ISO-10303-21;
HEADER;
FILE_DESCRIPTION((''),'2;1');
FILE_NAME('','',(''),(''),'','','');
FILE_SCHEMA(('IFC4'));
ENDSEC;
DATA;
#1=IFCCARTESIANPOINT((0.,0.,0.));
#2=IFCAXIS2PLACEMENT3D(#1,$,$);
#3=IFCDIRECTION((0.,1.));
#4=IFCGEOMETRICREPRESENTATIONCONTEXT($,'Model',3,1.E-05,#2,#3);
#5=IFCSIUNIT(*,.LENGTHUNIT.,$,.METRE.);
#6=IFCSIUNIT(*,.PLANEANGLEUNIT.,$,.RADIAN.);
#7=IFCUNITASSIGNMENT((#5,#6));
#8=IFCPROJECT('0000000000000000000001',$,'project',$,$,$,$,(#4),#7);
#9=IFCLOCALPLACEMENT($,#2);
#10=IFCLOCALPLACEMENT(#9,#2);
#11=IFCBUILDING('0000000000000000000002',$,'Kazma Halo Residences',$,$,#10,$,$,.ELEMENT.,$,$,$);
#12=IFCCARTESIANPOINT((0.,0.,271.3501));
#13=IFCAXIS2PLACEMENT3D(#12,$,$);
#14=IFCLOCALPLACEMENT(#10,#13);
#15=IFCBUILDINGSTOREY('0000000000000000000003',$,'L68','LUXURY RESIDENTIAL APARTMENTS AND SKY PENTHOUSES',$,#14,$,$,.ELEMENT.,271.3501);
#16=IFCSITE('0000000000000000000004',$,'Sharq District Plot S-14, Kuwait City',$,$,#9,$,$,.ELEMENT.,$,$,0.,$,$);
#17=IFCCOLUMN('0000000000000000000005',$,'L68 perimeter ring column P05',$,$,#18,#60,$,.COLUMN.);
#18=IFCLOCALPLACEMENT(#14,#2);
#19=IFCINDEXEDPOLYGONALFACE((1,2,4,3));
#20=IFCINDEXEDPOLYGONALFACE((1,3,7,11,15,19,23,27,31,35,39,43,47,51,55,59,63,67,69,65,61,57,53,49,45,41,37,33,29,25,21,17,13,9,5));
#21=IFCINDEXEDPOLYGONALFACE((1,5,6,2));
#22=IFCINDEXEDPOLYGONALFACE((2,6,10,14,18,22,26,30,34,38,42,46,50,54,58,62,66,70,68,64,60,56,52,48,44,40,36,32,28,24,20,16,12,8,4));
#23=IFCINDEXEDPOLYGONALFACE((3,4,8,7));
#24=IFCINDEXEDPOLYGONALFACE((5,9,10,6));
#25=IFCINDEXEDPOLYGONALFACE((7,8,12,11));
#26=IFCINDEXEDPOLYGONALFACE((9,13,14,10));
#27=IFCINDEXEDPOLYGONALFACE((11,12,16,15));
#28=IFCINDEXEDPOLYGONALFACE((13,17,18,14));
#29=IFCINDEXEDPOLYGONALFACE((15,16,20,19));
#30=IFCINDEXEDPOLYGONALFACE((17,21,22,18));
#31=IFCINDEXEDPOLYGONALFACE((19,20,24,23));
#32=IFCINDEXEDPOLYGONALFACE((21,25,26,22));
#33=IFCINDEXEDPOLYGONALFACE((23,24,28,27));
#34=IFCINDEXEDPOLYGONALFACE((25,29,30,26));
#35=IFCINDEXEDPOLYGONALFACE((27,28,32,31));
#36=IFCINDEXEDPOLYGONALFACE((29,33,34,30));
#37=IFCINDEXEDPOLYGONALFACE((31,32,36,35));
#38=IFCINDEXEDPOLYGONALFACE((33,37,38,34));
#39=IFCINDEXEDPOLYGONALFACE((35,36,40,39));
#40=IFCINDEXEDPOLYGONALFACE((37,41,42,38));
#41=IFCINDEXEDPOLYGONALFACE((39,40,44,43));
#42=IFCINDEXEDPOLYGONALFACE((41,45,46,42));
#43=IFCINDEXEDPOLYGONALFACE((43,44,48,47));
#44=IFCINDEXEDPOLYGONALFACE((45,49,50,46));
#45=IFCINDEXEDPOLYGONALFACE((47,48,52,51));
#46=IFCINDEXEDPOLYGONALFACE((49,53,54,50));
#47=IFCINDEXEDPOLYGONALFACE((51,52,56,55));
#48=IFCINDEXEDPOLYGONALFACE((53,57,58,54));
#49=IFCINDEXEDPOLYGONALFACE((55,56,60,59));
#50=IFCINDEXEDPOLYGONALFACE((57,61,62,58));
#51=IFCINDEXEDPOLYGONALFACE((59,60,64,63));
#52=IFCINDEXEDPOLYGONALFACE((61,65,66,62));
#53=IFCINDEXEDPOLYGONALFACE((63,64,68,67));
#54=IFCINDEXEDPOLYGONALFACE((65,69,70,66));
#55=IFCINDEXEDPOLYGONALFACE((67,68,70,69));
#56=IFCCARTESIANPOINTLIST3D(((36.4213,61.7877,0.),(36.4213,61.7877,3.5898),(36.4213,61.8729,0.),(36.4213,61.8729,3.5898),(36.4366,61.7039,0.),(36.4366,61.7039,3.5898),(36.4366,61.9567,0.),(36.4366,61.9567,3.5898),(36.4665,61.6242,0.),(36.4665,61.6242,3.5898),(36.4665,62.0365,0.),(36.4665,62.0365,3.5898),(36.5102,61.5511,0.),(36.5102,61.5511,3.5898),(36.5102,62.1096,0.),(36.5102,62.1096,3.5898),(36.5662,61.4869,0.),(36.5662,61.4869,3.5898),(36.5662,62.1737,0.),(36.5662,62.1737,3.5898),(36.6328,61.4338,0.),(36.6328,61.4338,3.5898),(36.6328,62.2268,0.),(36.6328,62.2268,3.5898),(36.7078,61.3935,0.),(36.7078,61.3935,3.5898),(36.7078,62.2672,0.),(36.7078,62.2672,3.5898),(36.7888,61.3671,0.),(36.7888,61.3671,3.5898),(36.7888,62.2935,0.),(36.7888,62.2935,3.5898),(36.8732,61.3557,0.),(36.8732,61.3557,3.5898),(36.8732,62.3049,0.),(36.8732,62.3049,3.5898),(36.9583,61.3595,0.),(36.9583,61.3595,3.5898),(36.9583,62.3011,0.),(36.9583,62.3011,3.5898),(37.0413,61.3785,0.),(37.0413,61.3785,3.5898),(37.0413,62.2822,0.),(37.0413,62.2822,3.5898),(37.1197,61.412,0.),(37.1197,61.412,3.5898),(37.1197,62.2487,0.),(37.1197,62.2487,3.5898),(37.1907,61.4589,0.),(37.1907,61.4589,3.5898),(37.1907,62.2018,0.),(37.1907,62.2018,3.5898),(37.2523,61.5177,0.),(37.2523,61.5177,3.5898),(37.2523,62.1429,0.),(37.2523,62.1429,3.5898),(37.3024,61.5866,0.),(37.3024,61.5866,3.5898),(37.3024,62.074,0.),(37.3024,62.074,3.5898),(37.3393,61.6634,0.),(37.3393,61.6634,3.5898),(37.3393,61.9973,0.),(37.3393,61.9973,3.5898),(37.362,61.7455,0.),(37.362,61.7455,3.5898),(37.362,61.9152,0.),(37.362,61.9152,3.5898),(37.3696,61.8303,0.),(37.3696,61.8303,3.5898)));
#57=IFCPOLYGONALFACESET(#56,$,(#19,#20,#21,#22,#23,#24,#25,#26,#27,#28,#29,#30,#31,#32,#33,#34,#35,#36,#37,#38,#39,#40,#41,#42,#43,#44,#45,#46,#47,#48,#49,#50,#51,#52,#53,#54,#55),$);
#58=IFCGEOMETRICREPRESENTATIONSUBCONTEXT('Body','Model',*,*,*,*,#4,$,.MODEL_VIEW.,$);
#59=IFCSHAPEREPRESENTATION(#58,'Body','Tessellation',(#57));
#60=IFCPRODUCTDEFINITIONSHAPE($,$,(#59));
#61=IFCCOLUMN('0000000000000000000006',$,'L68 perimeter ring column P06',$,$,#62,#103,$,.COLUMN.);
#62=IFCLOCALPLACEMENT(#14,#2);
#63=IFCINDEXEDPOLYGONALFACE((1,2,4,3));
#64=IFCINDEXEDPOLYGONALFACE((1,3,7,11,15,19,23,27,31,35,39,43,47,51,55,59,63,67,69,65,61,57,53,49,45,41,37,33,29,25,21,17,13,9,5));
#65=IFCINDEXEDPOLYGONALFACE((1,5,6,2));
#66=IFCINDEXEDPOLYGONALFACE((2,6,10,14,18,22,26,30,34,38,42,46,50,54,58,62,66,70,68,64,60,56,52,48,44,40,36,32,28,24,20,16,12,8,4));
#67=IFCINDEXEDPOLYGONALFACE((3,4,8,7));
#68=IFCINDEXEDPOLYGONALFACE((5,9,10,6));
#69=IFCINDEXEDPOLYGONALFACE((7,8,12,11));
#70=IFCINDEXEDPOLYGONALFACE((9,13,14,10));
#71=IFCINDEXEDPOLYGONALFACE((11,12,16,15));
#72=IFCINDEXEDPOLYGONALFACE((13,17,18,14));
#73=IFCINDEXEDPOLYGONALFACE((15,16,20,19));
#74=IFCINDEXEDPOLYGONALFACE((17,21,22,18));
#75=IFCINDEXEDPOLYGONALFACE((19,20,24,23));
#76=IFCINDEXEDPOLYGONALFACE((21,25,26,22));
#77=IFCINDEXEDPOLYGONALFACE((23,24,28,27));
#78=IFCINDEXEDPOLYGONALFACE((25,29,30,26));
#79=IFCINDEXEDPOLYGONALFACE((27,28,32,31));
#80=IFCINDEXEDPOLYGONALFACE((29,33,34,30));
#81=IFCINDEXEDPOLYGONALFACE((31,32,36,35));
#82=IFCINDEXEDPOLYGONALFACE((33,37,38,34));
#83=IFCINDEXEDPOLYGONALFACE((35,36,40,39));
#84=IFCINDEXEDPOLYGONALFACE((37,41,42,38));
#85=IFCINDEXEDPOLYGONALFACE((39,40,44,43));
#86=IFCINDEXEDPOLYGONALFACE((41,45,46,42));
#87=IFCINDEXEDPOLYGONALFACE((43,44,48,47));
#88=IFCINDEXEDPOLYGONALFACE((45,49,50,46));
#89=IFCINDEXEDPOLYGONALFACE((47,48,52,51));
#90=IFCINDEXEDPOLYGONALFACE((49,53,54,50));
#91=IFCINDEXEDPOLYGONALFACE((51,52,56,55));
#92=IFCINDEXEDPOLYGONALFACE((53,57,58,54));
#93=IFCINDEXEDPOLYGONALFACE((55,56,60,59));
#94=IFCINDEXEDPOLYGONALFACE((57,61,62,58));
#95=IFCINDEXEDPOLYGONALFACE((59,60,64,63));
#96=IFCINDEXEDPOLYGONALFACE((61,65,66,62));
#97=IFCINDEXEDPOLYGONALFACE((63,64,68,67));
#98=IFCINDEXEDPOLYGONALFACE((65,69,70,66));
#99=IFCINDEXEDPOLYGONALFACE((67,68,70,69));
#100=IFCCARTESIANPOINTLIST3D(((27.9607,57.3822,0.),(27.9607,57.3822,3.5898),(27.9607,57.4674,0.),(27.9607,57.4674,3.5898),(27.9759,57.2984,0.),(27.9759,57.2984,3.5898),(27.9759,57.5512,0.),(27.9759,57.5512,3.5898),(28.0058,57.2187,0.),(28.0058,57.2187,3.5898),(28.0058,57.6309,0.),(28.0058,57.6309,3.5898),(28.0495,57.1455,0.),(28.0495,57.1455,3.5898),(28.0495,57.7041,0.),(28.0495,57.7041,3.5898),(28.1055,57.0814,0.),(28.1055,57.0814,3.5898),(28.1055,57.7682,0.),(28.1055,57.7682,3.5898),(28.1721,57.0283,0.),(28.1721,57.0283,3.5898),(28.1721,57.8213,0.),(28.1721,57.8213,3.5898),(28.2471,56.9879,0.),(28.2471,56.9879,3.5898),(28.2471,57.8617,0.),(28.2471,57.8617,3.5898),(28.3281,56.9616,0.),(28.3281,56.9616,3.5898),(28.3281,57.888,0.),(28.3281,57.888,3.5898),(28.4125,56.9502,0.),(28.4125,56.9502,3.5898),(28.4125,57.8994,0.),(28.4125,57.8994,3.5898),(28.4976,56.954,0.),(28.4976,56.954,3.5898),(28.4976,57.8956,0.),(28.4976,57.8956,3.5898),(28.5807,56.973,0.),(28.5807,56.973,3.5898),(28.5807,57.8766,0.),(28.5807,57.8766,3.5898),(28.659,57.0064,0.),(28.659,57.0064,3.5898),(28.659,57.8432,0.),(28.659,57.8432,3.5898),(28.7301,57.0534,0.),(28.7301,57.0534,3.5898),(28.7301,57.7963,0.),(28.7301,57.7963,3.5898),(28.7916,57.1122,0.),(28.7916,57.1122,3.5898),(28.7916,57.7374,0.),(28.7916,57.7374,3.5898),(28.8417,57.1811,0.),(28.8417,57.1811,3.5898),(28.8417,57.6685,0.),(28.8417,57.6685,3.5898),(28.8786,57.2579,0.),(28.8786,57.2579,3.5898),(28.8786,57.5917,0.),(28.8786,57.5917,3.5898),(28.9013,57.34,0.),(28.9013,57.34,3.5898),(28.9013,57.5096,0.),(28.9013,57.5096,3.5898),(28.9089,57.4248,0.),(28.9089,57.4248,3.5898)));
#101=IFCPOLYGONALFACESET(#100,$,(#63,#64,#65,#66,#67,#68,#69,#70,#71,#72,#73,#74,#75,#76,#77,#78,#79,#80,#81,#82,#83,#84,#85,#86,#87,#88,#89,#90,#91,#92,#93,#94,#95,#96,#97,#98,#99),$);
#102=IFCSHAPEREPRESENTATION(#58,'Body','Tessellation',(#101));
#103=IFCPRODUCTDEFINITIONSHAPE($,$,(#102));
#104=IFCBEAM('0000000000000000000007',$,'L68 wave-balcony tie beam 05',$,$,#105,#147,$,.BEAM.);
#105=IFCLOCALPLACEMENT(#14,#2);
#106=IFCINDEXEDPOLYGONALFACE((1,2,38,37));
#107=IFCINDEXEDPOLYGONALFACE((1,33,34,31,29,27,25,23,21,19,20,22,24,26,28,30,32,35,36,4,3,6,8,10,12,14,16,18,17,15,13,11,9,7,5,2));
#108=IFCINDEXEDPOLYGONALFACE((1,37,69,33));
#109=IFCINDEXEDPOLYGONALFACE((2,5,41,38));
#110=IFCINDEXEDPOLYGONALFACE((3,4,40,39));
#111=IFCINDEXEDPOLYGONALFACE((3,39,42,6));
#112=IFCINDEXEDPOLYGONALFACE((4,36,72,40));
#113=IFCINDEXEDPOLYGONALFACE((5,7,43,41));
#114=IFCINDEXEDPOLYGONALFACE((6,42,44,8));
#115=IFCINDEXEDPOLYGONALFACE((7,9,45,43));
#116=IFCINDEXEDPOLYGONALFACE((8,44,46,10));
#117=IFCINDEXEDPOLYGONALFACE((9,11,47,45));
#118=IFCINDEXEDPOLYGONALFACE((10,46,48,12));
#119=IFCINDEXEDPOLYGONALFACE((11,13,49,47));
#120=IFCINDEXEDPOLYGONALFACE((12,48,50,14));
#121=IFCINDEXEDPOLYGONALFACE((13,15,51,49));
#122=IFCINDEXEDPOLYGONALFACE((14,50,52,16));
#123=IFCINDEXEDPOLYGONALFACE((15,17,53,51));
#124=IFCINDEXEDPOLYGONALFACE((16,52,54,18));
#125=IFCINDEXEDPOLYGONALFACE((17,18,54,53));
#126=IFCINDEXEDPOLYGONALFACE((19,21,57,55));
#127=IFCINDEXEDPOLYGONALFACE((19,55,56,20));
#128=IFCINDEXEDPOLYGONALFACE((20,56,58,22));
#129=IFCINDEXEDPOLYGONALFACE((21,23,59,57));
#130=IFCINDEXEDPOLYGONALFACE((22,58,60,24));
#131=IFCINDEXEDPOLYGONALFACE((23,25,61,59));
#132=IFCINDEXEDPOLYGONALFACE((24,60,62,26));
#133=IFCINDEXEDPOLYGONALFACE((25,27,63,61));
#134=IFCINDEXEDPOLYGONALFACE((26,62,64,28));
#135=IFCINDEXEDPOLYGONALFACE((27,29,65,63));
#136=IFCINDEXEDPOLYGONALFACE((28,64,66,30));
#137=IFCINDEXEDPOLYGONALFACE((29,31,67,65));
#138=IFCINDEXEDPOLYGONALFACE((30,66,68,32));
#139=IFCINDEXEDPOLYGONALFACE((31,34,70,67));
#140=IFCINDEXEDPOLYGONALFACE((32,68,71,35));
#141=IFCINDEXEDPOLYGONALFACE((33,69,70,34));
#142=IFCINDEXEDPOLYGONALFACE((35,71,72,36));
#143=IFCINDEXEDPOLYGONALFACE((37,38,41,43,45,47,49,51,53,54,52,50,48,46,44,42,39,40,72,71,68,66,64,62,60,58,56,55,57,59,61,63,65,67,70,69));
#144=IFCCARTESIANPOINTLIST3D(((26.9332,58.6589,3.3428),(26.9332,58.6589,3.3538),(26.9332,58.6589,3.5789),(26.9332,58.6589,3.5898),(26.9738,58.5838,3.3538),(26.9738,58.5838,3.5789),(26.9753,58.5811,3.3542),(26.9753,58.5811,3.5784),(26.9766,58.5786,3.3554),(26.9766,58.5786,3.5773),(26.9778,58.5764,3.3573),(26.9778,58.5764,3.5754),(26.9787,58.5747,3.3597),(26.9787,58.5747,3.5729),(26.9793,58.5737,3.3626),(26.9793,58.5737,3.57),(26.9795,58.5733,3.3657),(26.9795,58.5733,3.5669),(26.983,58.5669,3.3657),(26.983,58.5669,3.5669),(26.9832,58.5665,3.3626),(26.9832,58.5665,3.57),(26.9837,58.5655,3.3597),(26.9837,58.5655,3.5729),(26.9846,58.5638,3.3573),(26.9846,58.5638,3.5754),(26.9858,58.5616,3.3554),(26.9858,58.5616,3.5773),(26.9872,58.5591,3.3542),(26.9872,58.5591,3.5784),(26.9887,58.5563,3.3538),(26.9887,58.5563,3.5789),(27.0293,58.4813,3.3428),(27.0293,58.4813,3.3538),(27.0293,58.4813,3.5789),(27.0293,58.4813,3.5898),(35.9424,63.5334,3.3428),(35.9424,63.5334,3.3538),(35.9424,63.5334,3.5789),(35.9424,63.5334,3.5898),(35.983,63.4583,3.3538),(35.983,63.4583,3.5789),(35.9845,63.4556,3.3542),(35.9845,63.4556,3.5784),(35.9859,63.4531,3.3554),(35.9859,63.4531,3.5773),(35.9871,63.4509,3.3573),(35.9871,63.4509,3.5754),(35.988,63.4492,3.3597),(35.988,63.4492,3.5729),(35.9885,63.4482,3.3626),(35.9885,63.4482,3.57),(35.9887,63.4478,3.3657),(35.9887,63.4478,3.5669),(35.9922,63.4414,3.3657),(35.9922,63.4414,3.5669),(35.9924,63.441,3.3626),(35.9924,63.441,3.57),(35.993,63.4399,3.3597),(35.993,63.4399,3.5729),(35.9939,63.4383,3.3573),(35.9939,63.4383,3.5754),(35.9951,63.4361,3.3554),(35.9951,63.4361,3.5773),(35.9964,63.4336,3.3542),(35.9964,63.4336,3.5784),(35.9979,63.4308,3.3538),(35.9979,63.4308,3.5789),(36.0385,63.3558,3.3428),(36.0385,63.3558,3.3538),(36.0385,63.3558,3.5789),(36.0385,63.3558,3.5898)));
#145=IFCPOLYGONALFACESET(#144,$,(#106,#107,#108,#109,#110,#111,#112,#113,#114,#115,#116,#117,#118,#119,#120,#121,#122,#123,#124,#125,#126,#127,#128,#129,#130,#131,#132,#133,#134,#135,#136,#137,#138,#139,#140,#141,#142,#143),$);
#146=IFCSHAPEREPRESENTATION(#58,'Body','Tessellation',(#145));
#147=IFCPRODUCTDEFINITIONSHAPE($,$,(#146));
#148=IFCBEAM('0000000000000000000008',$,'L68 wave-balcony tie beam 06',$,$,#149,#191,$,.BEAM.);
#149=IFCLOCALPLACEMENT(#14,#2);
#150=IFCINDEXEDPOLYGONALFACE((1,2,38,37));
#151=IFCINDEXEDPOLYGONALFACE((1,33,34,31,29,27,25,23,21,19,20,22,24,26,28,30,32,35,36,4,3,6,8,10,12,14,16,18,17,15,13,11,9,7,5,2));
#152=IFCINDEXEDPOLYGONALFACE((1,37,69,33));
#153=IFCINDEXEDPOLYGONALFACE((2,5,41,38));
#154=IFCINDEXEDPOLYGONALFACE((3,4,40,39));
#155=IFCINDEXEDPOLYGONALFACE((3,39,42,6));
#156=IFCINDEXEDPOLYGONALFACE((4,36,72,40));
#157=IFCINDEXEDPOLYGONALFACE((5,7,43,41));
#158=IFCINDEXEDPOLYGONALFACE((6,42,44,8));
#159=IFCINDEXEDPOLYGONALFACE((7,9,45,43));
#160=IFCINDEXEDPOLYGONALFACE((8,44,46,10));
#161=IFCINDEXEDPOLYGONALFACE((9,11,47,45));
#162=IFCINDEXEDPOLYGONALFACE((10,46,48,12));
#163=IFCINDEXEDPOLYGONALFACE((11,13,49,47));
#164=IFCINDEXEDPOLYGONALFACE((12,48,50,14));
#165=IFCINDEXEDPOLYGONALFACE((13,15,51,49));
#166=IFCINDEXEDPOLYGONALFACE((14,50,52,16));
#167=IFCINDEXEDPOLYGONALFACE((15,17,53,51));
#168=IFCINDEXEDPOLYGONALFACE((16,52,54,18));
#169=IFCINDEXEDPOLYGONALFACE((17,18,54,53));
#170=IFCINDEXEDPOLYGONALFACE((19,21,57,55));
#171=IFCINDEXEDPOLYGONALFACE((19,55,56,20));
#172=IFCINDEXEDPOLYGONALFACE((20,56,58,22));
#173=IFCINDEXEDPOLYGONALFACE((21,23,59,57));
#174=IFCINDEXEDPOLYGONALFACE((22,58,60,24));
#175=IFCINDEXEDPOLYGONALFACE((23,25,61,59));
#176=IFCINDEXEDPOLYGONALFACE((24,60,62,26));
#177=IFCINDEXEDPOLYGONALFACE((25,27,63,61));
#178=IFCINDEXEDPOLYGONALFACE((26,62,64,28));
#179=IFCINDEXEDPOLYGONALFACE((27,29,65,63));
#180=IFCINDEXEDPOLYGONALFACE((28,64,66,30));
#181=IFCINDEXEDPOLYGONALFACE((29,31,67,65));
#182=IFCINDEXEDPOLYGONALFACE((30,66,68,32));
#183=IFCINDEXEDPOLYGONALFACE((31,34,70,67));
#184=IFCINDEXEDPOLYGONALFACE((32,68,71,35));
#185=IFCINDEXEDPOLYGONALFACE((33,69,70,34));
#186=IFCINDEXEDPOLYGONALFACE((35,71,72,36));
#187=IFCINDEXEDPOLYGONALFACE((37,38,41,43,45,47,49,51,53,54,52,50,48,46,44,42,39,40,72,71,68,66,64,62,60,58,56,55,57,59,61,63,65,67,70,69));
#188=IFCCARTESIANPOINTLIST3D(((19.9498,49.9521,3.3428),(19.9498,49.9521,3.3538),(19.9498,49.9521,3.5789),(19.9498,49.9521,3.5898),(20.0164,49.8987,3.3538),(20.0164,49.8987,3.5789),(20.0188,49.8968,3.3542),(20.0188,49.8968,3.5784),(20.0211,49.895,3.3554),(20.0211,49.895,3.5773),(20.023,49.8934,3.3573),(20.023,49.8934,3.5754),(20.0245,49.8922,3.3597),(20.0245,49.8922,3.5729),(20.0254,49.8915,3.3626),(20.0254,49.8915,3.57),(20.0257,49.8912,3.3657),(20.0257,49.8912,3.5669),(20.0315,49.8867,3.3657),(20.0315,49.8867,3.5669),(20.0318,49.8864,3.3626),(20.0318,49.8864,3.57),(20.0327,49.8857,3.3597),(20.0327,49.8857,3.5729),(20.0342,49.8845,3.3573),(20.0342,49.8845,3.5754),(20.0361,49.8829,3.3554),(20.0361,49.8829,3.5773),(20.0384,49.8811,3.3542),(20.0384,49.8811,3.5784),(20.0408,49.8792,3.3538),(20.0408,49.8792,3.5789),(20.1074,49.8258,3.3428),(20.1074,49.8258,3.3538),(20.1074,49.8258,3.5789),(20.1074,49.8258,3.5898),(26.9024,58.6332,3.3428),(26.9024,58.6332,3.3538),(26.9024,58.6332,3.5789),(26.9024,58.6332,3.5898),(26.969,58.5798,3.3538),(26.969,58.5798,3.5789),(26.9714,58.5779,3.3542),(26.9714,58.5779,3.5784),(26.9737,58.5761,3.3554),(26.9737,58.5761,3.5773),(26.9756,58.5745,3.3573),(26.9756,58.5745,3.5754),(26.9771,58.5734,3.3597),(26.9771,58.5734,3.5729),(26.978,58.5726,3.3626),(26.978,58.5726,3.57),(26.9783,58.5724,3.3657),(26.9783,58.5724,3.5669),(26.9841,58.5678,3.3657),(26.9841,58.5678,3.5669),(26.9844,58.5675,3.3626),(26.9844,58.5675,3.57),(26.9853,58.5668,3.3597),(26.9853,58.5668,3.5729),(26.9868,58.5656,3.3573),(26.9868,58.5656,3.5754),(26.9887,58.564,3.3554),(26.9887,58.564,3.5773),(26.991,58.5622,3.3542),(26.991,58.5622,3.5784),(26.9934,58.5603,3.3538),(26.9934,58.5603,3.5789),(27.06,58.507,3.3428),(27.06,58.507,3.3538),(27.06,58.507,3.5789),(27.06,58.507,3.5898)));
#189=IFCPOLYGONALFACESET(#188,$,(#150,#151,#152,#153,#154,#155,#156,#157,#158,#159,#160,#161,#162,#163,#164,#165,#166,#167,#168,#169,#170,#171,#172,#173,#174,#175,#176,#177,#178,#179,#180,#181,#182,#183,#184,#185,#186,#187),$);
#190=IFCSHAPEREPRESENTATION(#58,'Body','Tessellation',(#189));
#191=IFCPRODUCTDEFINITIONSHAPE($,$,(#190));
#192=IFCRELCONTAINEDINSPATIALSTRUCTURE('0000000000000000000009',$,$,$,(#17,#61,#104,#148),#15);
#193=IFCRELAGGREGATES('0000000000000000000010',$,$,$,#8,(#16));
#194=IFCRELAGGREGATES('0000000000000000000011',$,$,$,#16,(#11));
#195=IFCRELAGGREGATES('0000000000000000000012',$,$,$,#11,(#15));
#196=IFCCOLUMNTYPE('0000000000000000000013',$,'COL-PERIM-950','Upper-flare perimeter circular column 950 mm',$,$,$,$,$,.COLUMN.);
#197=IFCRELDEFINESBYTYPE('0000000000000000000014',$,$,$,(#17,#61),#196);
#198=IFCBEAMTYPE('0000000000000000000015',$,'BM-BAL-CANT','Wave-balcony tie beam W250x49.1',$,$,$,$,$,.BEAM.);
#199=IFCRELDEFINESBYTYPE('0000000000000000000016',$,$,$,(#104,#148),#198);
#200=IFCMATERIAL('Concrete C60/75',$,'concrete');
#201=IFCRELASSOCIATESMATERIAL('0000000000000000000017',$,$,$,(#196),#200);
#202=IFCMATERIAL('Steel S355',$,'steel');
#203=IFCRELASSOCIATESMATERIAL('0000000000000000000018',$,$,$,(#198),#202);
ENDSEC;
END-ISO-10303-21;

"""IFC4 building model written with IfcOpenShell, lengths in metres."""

from ifc_helpers import new_model, si_unit, direction, frame, origin, origin_2d, place, context, subcontext, project, spatial, circle, i_section, extrude, material, material_profile, profile_set, type_object, element, save


model = new_model("IFC4")

# Units and contexts
model_context = context("Model", 3, precision=1e-05, world=origin(), true_north=direction((0.0, 1.0)))
body_context = subcontext(model_context, "Body", "Model", "MODEL_VIEW")
ifc_project = project(units=[si_unit("LENGTHUNIT", "METRE"), si_unit("PLANEANGLEUNIT", "RADIAN")], contexts=[model_context])

# Site, building, storey
site_placement = place(None, origin())
site = spatial("IfcSite", under=ifc_project, at=site_placement, Name="Sharq District Plot S-14, Kuwait City", CompositionType="ELEMENT", RefElevation=0.0)
building_placement = place(site_placement, origin())
building = spatial("IfcBuilding", under=site, at=building_placement, Name="Kazma Halo Residences", CompositionType="ELEMENT")
storey_placement = place(building_placement, frame((0.0, 0.0, 271.3501)))
storey = spatial("IfcBuildingStorey", under=building, at=storey_placement, Name="L68", Description="LUXURY RESIDENTIAL APARTMENTS AND SKY PENTHOUSES", CompositionType="ELEMENT", Elevation=271.3501)

# Columns
ifc_material_1 = material(Name="Concrete C60/75", Category="concrete")
ifc_material_profile_1 = material_profile(ifc_material_1, circle(Radius=0.4751, at=origin_2d()), Name="CIRC950")
ifc_profile_set_1 = profile_set([ifc_material_profile_1], Name="Concrete C60/75")
column_type = type_object("IfcColumnType", Name="COL-PERIM-950", Description="Upper-flare perimeter circular column 950 mm", PredefinedType="COLUMN", material=ifc_profile_set_1)
for number, where, z_axis, x_axis, name in (
    (1, (36.8945, 61.8303, 0.0), (0.0, 0.0, 1.0), (1.0, 0.0, 0.0), "L68 perimeter ring column P05"),
    (2, (28.4338, 57.4248, 0.0), (0.0, 0.0, 1.0), (1.0, 0.0, 0.0), "L68 perimeter ring column P06"),
):
    element("IfcColumn", number, at=place(storey_placement, frame(where, z_axis=z_axis, x_axis=x_axis)), inside=storey, type_object=column_type, Name=name, PredefinedType="COLUMN", context=body_context, shape_type="SweptSolid", body=[
        extrude(circle(Radius=0.4751, at=origin_2d()), origin(), (0.0, 0.0, 1.0), 3.5898),
    ])

# Beams
ifc_material_2 = material(Name="Steel S355", Category="steel")
ifc_material_profile_2 = material_profile(ifc_material_2, i_section(OverallWidth=0.2019, OverallDepth=0.2471, WebThickness=0.0073, FlangeThickness=0.011, FilletRadius=0.012, at=origin_2d()), Name="W250x49.1")
ifc_profile_set_2 = profile_set([ifc_material_profile_2], Name="Steel S355")
beam_type_1 = type_object("IfcBeamType", Name="BM-BAL-CANT", Description="Wave-balcony tie beam W250x49.1", PredefinedType="BEAM", material=ifc_profile_set_2)
beam_1_placement = place(storey_placement, frame((35.9905, 63.4446, 3.4663), z_axis=(-0.879517, -0.475867, 0.0), x_axis=(0.475867, -0.879517, 0.0)))
element("IfcBeam", 3, at=beam_1_placement, inside=storey, type_object=beam_type_1, Name="L68 wave-balcony tie beam 05", PredefinedType="BEAM", context=body_context, shape_type="SweptSolid", body=[
    extrude(i_section(OverallWidth=0.2019, OverallDepth=0.2471, WebThickness=0.0073, FlangeThickness=0.011, FilletRadius=0.012, at=origin_2d()), origin(), (0.0, 0.0, 1.0), 10.2434),
])
beam_2_placement = place(storey_placement, frame((26.9812, 58.5701, 3.4663), z_axis=(-0.625118, -0.78053, 0.0), x_axis=(0.78053, -0.625118, 0.0)))
element("IfcBeam", 4, at=beam_2_placement, inside=storey, type_object=beam_type_1, Name="L68 wave-balcony tie beam 06", PredefinedType="BEAM", context=body_context, shape_type="SweptSolid", body=[
    extrude(i_section(OverallWidth=0.2019, OverallDepth=0.2471, WebThickness=0.0073, FlangeThickness=0.011, FilletRadius=0.012, at=origin_2d()), origin(), (0.0, 0.0, 1.0), 11.1221),
])

save(model, "model.ifc")
